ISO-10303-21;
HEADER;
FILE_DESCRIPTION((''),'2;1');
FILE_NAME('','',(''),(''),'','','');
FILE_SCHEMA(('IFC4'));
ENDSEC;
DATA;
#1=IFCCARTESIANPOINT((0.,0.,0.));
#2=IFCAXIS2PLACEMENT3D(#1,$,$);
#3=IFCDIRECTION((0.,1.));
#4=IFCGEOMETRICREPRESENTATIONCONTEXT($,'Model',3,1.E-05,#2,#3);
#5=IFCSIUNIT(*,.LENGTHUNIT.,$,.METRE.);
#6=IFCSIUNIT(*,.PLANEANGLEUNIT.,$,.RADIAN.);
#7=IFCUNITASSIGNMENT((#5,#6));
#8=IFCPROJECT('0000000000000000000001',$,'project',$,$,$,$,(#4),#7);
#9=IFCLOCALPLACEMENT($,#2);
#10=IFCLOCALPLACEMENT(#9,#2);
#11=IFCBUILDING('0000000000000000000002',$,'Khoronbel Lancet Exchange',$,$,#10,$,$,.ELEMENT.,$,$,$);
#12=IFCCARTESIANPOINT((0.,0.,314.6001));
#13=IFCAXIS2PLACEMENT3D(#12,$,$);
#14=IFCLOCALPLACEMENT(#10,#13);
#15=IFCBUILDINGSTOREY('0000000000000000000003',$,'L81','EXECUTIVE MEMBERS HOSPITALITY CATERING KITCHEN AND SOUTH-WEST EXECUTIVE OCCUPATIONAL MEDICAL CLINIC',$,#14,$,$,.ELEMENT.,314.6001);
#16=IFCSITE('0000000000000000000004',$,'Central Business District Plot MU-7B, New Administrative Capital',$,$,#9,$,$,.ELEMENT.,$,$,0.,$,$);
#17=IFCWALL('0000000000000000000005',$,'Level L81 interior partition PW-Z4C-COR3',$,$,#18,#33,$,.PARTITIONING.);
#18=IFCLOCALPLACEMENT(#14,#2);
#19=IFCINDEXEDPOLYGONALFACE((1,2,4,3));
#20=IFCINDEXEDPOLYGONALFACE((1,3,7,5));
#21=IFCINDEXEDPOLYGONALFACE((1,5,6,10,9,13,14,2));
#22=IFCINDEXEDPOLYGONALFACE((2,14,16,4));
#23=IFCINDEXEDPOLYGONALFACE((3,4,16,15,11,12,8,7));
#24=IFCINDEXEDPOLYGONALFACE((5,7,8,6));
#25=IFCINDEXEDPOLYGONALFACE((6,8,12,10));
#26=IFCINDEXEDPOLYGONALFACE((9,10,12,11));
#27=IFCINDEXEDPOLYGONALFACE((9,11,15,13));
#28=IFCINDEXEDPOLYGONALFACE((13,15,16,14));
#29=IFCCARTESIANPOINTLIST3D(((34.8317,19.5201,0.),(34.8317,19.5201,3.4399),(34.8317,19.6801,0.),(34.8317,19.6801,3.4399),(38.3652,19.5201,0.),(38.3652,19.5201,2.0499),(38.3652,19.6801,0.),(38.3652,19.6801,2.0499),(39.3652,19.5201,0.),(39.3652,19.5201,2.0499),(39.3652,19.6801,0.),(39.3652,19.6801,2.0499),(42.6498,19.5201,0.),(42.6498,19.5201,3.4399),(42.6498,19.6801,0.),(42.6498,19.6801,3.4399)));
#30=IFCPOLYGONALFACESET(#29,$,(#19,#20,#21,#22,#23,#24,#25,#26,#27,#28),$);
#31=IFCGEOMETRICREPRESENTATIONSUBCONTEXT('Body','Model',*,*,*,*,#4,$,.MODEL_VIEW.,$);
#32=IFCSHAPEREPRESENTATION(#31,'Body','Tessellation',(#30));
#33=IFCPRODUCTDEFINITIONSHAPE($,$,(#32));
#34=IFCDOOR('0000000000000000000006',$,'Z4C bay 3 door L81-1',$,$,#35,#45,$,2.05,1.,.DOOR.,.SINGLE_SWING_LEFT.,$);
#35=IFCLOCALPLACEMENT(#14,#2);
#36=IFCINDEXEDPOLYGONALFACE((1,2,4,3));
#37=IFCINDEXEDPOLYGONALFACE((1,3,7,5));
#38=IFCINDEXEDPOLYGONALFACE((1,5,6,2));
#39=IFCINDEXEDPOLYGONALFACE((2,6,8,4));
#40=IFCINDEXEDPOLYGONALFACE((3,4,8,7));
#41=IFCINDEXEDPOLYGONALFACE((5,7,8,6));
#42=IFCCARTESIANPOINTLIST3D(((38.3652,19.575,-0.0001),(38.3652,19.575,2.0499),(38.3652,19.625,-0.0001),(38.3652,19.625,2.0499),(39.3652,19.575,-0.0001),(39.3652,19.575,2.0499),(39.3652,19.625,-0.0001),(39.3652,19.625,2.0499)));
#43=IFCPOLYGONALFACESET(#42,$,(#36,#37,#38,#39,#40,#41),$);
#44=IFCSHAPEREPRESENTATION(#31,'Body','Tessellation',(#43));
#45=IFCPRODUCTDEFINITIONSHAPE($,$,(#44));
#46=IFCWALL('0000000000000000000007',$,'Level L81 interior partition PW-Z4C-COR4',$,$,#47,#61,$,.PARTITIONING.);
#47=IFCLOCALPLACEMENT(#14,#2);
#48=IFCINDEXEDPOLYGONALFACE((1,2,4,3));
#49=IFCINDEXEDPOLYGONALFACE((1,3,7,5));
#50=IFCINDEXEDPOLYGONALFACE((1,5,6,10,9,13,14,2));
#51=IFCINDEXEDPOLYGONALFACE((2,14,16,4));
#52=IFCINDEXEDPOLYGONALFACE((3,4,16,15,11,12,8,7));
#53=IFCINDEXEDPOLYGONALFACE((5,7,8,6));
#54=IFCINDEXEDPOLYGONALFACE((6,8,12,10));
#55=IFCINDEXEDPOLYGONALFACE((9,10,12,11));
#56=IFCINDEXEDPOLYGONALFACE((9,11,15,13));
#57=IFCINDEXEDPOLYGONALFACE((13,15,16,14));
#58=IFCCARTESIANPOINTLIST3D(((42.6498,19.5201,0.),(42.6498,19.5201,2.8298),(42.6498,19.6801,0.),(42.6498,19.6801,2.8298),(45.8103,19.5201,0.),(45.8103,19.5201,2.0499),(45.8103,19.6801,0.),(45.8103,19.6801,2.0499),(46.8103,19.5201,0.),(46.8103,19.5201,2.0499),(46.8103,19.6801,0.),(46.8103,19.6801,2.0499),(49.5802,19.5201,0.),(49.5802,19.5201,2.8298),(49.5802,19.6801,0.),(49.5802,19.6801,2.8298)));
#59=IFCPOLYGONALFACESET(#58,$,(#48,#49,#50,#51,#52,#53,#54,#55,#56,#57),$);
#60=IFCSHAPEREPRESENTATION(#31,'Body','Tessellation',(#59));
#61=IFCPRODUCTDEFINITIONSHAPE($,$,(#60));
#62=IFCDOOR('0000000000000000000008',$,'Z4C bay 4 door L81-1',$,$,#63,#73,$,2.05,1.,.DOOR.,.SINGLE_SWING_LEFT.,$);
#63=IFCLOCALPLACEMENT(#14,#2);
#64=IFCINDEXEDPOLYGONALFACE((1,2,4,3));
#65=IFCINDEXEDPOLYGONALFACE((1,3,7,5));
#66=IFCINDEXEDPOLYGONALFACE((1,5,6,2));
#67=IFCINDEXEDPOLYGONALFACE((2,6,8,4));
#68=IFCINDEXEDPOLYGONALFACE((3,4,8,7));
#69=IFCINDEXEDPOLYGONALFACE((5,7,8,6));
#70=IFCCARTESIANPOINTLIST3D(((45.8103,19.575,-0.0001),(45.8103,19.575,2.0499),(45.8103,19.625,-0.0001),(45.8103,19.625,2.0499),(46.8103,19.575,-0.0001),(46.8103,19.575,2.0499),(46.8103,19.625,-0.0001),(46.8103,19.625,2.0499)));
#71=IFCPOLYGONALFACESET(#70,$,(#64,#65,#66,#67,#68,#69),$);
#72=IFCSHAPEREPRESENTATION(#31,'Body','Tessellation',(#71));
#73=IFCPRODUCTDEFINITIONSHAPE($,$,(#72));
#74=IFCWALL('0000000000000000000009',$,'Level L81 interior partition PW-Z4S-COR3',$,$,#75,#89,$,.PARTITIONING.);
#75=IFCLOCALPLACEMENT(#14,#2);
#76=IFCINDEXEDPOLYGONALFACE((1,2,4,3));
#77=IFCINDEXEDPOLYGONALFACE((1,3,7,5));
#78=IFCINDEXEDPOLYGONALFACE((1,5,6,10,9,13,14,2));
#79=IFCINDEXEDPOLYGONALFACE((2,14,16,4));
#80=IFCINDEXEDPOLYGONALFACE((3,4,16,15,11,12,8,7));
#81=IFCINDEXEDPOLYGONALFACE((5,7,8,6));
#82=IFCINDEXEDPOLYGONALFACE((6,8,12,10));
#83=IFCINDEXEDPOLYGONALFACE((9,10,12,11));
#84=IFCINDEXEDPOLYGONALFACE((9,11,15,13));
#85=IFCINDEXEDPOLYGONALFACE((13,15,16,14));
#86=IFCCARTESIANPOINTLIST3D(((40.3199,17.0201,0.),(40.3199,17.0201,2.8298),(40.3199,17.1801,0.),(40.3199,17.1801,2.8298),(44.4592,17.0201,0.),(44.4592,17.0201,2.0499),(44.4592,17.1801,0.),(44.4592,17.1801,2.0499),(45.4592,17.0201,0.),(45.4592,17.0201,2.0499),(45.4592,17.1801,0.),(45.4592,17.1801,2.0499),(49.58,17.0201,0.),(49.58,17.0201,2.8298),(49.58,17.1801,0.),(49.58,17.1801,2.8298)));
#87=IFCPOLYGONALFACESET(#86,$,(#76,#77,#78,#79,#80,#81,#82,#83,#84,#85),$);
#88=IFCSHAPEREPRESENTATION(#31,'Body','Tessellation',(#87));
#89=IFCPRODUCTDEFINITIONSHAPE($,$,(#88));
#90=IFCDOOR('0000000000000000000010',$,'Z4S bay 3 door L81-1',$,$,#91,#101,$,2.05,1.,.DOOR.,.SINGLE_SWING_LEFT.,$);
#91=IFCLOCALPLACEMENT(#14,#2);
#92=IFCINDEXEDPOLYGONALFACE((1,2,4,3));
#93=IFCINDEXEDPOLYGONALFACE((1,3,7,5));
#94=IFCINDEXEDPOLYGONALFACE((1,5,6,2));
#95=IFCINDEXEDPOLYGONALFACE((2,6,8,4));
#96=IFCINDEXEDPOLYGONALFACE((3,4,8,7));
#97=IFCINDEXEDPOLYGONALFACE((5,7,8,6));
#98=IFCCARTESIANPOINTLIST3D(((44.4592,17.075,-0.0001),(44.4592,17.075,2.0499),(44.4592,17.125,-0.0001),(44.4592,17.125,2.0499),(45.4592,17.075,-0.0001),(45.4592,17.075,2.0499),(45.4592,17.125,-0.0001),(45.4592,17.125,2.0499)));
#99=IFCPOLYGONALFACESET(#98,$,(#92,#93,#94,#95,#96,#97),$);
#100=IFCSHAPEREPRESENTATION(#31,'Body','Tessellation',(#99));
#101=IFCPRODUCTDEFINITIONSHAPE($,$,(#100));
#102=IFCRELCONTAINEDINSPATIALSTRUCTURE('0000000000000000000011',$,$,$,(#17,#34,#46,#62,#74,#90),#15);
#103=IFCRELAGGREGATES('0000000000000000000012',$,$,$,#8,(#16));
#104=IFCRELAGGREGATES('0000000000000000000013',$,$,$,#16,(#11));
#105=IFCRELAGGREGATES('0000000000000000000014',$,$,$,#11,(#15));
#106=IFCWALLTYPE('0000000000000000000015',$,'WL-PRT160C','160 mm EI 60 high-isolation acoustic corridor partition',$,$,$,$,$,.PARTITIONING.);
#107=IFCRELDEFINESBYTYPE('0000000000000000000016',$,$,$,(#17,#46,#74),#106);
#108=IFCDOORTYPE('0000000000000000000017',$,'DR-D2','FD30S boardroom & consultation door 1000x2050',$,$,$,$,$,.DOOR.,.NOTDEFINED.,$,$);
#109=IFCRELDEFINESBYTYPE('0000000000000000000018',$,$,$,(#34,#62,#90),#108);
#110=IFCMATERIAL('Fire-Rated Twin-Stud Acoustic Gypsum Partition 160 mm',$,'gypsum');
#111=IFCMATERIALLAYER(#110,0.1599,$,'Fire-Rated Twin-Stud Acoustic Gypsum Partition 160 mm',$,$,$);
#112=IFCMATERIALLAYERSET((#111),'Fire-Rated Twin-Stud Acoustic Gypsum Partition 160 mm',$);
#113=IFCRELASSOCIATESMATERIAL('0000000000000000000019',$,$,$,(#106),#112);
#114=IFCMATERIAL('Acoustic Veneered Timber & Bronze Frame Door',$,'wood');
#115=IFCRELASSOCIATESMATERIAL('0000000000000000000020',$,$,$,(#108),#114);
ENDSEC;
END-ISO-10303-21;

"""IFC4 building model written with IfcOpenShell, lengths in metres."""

from ifc_helpers import new_model, si_unit, direction, frame, frame_2d, origin, place, context, subcontext, project, spatial, rectangle, extrude, material, layer, layer_set, type_object, element, fill, save


model = new_model("IFC4")

# Units and contexts
model_context = context("Model", 3, precision=1e-05, world=origin(), true_north=direction((0.0, 1.0)))
body_context = subcontext(model_context, "Body", "Model", "MODEL_VIEW")
ifc_project = project(units=[si_unit("LENGTHUNIT", "METRE"), si_unit("PLANEANGLEUNIT", "RADIAN")], contexts=[model_context])

# Site, building, storey
site_placement = place(None, origin())
site = spatial("IfcSite", under=ifc_project, at=site_placement, Name="Central Business District Plot MU-7B, New Administrative Capital", CompositionType="ELEMENT", RefElevation=0.0)
building_placement = place(site_placement, origin())
building = spatial("IfcBuilding", under=site, at=building_placement, Name="Khoronbel Lancet Exchange", CompositionType="ELEMENT")
storey_placement = place(building_placement, frame((0.0, 0.0, 314.6001)))
storey = spatial("IfcBuildingStorey", under=building, at=storey_placement, Name="L81", Description="EXECUTIVE MEMBERS HOSPITALITY CATERING KITCHEN AND SOUTH-WEST EXECUTIVE OCCUPATIONAL MEDICAL CLINIC", CompositionType="ELEMENT", Elevation=314.6001)

# Walls, openings, doors
ifc_material_1 = material(Name="Fire-Rated Twin-Stud Acoustic Gypsum Partition 160 mm", Category="gypsum")
ifc_layer_1 = layer(ifc_material_1, 0.1599, Name="Fire-Rated Twin-Stud Acoustic Gypsum Partition 160 mm")
ifc_layer_set_1 = layer_set([ifc_layer_1], Name="Fire-Rated Twin-Stud Acoustic Gypsum Partition 160 mm")
wall_type_1 = type_object("IfcWallType", Name="WL-PRT160C", Description="160 mm EI 60 high-isolation acoustic corridor partition", PredefinedType="PARTITIONING", material=ifc_layer_set_1)
wall_1_placement = place(storey_placement, frame((34.8315, 19.6001, 0.0), z_axis=(0.0, 0.0, 1.0), x_axis=(1.0, 0.0, 0.0)))
wall_1 = element("IfcWall", 1, at=wall_1_placement, inside=storey, type_object=wall_type_1, Name="Level L81 interior partition PW-Z4C-COR3", PredefinedType="PARTITIONING", context=body_context, shape_type="SweptSolid", body=[
    extrude(rectangle(XDim=7.8181, YDim=0.1599, at=frame_2d((3.9092, 0.0))), origin(), (0.0, 0.0, 1.0), 3.4399),
])
opening_1_placement = place(wall_1_placement, frame((3.5337, 0.0, 0.0)))
opening_1 = element("IfcOpeningElement", 2, at=opening_1_placement, cuts=wall_1, PredefinedType="OPENING", context=body_context, shape_type="SweptSolid", body=[
    extrude(rectangle(XDim=1.0, YDim=2.05, at=frame_2d((0.5, 1.0249))), frame((0.0, 0.0898, 0.0), z_axis=(0.0, -1.0, 0.0), x_axis=(1.0, 0.0, 0.0)), (0.0, 0.0, 1.0), 0.1799),
])
ifc_material_2 = material(Name="Acoustic Veneered Timber & Bronze Frame Door", Category="wood")
door_type_1 = type_object("IfcDoorType", Name="DR-D2", Description="FD30S boardroom & consultation door 1000x2050", OperationType="NOTDEFINED", PredefinedType="DOOR", material=ifc_material_2)
door_1_placement = place(opening_1_placement, origin())
door_1 = element("IfcDoor", 3, at=door_1_placement, inside=storey, type_object=door_type_1, Name="Z4C bay 3 door L81-1", OperationType="SINGLE_SWING_LEFT", OverallHeight=2.05, OverallWidth=1.0, PredefinedType="DOOR", context=body_context, shape_type="SweptSolid", body=[
    extrude(rectangle(XDim=1.0, YDim=2.05, at=frame_2d((0.5, 1.0249))), frame((0.0, 0.0249, 0.0), z_axis=(0.0, -1.0, 0.0), x_axis=(1.0, 0.0, 0.0)), (0.0, 0.0, 1.0), 0.05),
])
fill(opening_1, door_1)
wall_2_placement = place(storey_placement, frame((42.6497, 19.6001, 0.0), z_axis=(0.0, 0.0, 1.0), x_axis=(1.0, 0.0, 0.0)))
wall_2 = element("IfcWall", 4, at=wall_2_placement, inside=storey, type_object=wall_type_1, Name="Level L81 interior partition PW-Z4C-COR4", PredefinedType="PARTITIONING", context=body_context, shape_type="SweptSolid", body=[
    extrude(rectangle(XDim=6.9304, YDim=0.1599, at=frame_2d((3.4653, 0.0))), origin(), (0.0, 0.0, 1.0), 2.8298),
])
opening_2_placement = place(wall_2_placement, frame((3.1606, 0.0, 0.0)))
opening_2 = element("IfcOpeningElement", 5, at=opening_2_placement, cuts=wall_2, PredefinedType="OPENING", context=body_context, shape_type="SweptSolid", body=[
    extrude(rectangle(XDim=1.0, YDim=2.05, at=frame_2d((0.5, 1.0249))), frame((0.0, 0.0898, 0.0), z_axis=(0.0, -1.0, 0.0), x_axis=(1.0, 0.0, 0.0)), (0.0, 0.0, 1.0), 0.1799),
])
door_2_placement = place(opening_2_placement, origin())
door_2 = element("IfcDoor", 6, at=door_2_placement, inside=storey, type_object=door_type_1, Name="Z4C bay 4 door L81-1", OperationType="SINGLE_SWING_LEFT", OverallHeight=2.05, OverallWidth=1.0, PredefinedType="DOOR", context=body_context, shape_type="SweptSolid", body=[
    extrude(rectangle(XDim=1.0, YDim=2.05, at=frame_2d((0.5, 1.0249))), frame((0.0, 0.0249, 0.0), z_axis=(0.0, -1.0, 0.0), x_axis=(1.0, 0.0, 0.0)), (0.0, 0.0, 1.0), 0.05),
])
fill(opening_2, door_2)
wall_3_placement = place(storey_placement, frame((40.3201, 17.1001, 0.0), z_axis=(0.0, 0.0, 1.0), x_axis=(1.0, 0.0, 0.0)))
wall_3 = element("IfcWall", 7, at=wall_3_placement, inside=storey, type_object=wall_type_1, Name="Level L81 interior partition PW-Z4S-COR3", PredefinedType="PARTITIONING", context=body_context, shape_type="SweptSolid", body=[
    extrude(rectangle(XDim=9.26, YDim=0.1599, at=frame_2d((4.6299, 0.0))), origin(), (0.0, 0.0, 1.0), 2.8298),
])
opening_3_placement = place(wall_3_placement, frame((4.1392, 0.0, 0.0)))
opening_3 = element("IfcOpeningElement", 8, at=opening_3_placement, cuts=wall_3, PredefinedType="OPENING", context=body_context, shape_type="SweptSolid", body=[
    extrude(rectangle(XDim=1.0, YDim=2.05, at=frame_2d((0.5, 1.0249))), frame((0.0, 0.0898, 0.0), z_axis=(0.0, -1.0, 0.0), x_axis=(1.0, 0.0, 0.0)), (0.0, 0.0, 1.0), 0.1799),
])
door_3_placement = place(opening_3_placement, origin())
door_3 = element("IfcDoor", 9, at=door_3_placement, inside=storey, type_object=door_type_1, Name="Z4S bay 3 door L81-1", OperationType="SINGLE_SWING_LEFT", OverallHeight=2.05, OverallWidth=1.0, PredefinedType="DOOR", context=body_context, shape_type="SweptSolid", body=[
    extrude(rectangle(XDim=1.0, YDim=2.05, at=frame_2d((0.5, 1.0249))), frame((0.0, 0.0249, 0.0), z_axis=(0.0, -1.0, 0.0), x_axis=(1.0, 0.0, 0.0)), (0.0, 0.0, 1.0), 0.05),
])
fill(opening_3, door_3)

save(model, "model.ifc")
